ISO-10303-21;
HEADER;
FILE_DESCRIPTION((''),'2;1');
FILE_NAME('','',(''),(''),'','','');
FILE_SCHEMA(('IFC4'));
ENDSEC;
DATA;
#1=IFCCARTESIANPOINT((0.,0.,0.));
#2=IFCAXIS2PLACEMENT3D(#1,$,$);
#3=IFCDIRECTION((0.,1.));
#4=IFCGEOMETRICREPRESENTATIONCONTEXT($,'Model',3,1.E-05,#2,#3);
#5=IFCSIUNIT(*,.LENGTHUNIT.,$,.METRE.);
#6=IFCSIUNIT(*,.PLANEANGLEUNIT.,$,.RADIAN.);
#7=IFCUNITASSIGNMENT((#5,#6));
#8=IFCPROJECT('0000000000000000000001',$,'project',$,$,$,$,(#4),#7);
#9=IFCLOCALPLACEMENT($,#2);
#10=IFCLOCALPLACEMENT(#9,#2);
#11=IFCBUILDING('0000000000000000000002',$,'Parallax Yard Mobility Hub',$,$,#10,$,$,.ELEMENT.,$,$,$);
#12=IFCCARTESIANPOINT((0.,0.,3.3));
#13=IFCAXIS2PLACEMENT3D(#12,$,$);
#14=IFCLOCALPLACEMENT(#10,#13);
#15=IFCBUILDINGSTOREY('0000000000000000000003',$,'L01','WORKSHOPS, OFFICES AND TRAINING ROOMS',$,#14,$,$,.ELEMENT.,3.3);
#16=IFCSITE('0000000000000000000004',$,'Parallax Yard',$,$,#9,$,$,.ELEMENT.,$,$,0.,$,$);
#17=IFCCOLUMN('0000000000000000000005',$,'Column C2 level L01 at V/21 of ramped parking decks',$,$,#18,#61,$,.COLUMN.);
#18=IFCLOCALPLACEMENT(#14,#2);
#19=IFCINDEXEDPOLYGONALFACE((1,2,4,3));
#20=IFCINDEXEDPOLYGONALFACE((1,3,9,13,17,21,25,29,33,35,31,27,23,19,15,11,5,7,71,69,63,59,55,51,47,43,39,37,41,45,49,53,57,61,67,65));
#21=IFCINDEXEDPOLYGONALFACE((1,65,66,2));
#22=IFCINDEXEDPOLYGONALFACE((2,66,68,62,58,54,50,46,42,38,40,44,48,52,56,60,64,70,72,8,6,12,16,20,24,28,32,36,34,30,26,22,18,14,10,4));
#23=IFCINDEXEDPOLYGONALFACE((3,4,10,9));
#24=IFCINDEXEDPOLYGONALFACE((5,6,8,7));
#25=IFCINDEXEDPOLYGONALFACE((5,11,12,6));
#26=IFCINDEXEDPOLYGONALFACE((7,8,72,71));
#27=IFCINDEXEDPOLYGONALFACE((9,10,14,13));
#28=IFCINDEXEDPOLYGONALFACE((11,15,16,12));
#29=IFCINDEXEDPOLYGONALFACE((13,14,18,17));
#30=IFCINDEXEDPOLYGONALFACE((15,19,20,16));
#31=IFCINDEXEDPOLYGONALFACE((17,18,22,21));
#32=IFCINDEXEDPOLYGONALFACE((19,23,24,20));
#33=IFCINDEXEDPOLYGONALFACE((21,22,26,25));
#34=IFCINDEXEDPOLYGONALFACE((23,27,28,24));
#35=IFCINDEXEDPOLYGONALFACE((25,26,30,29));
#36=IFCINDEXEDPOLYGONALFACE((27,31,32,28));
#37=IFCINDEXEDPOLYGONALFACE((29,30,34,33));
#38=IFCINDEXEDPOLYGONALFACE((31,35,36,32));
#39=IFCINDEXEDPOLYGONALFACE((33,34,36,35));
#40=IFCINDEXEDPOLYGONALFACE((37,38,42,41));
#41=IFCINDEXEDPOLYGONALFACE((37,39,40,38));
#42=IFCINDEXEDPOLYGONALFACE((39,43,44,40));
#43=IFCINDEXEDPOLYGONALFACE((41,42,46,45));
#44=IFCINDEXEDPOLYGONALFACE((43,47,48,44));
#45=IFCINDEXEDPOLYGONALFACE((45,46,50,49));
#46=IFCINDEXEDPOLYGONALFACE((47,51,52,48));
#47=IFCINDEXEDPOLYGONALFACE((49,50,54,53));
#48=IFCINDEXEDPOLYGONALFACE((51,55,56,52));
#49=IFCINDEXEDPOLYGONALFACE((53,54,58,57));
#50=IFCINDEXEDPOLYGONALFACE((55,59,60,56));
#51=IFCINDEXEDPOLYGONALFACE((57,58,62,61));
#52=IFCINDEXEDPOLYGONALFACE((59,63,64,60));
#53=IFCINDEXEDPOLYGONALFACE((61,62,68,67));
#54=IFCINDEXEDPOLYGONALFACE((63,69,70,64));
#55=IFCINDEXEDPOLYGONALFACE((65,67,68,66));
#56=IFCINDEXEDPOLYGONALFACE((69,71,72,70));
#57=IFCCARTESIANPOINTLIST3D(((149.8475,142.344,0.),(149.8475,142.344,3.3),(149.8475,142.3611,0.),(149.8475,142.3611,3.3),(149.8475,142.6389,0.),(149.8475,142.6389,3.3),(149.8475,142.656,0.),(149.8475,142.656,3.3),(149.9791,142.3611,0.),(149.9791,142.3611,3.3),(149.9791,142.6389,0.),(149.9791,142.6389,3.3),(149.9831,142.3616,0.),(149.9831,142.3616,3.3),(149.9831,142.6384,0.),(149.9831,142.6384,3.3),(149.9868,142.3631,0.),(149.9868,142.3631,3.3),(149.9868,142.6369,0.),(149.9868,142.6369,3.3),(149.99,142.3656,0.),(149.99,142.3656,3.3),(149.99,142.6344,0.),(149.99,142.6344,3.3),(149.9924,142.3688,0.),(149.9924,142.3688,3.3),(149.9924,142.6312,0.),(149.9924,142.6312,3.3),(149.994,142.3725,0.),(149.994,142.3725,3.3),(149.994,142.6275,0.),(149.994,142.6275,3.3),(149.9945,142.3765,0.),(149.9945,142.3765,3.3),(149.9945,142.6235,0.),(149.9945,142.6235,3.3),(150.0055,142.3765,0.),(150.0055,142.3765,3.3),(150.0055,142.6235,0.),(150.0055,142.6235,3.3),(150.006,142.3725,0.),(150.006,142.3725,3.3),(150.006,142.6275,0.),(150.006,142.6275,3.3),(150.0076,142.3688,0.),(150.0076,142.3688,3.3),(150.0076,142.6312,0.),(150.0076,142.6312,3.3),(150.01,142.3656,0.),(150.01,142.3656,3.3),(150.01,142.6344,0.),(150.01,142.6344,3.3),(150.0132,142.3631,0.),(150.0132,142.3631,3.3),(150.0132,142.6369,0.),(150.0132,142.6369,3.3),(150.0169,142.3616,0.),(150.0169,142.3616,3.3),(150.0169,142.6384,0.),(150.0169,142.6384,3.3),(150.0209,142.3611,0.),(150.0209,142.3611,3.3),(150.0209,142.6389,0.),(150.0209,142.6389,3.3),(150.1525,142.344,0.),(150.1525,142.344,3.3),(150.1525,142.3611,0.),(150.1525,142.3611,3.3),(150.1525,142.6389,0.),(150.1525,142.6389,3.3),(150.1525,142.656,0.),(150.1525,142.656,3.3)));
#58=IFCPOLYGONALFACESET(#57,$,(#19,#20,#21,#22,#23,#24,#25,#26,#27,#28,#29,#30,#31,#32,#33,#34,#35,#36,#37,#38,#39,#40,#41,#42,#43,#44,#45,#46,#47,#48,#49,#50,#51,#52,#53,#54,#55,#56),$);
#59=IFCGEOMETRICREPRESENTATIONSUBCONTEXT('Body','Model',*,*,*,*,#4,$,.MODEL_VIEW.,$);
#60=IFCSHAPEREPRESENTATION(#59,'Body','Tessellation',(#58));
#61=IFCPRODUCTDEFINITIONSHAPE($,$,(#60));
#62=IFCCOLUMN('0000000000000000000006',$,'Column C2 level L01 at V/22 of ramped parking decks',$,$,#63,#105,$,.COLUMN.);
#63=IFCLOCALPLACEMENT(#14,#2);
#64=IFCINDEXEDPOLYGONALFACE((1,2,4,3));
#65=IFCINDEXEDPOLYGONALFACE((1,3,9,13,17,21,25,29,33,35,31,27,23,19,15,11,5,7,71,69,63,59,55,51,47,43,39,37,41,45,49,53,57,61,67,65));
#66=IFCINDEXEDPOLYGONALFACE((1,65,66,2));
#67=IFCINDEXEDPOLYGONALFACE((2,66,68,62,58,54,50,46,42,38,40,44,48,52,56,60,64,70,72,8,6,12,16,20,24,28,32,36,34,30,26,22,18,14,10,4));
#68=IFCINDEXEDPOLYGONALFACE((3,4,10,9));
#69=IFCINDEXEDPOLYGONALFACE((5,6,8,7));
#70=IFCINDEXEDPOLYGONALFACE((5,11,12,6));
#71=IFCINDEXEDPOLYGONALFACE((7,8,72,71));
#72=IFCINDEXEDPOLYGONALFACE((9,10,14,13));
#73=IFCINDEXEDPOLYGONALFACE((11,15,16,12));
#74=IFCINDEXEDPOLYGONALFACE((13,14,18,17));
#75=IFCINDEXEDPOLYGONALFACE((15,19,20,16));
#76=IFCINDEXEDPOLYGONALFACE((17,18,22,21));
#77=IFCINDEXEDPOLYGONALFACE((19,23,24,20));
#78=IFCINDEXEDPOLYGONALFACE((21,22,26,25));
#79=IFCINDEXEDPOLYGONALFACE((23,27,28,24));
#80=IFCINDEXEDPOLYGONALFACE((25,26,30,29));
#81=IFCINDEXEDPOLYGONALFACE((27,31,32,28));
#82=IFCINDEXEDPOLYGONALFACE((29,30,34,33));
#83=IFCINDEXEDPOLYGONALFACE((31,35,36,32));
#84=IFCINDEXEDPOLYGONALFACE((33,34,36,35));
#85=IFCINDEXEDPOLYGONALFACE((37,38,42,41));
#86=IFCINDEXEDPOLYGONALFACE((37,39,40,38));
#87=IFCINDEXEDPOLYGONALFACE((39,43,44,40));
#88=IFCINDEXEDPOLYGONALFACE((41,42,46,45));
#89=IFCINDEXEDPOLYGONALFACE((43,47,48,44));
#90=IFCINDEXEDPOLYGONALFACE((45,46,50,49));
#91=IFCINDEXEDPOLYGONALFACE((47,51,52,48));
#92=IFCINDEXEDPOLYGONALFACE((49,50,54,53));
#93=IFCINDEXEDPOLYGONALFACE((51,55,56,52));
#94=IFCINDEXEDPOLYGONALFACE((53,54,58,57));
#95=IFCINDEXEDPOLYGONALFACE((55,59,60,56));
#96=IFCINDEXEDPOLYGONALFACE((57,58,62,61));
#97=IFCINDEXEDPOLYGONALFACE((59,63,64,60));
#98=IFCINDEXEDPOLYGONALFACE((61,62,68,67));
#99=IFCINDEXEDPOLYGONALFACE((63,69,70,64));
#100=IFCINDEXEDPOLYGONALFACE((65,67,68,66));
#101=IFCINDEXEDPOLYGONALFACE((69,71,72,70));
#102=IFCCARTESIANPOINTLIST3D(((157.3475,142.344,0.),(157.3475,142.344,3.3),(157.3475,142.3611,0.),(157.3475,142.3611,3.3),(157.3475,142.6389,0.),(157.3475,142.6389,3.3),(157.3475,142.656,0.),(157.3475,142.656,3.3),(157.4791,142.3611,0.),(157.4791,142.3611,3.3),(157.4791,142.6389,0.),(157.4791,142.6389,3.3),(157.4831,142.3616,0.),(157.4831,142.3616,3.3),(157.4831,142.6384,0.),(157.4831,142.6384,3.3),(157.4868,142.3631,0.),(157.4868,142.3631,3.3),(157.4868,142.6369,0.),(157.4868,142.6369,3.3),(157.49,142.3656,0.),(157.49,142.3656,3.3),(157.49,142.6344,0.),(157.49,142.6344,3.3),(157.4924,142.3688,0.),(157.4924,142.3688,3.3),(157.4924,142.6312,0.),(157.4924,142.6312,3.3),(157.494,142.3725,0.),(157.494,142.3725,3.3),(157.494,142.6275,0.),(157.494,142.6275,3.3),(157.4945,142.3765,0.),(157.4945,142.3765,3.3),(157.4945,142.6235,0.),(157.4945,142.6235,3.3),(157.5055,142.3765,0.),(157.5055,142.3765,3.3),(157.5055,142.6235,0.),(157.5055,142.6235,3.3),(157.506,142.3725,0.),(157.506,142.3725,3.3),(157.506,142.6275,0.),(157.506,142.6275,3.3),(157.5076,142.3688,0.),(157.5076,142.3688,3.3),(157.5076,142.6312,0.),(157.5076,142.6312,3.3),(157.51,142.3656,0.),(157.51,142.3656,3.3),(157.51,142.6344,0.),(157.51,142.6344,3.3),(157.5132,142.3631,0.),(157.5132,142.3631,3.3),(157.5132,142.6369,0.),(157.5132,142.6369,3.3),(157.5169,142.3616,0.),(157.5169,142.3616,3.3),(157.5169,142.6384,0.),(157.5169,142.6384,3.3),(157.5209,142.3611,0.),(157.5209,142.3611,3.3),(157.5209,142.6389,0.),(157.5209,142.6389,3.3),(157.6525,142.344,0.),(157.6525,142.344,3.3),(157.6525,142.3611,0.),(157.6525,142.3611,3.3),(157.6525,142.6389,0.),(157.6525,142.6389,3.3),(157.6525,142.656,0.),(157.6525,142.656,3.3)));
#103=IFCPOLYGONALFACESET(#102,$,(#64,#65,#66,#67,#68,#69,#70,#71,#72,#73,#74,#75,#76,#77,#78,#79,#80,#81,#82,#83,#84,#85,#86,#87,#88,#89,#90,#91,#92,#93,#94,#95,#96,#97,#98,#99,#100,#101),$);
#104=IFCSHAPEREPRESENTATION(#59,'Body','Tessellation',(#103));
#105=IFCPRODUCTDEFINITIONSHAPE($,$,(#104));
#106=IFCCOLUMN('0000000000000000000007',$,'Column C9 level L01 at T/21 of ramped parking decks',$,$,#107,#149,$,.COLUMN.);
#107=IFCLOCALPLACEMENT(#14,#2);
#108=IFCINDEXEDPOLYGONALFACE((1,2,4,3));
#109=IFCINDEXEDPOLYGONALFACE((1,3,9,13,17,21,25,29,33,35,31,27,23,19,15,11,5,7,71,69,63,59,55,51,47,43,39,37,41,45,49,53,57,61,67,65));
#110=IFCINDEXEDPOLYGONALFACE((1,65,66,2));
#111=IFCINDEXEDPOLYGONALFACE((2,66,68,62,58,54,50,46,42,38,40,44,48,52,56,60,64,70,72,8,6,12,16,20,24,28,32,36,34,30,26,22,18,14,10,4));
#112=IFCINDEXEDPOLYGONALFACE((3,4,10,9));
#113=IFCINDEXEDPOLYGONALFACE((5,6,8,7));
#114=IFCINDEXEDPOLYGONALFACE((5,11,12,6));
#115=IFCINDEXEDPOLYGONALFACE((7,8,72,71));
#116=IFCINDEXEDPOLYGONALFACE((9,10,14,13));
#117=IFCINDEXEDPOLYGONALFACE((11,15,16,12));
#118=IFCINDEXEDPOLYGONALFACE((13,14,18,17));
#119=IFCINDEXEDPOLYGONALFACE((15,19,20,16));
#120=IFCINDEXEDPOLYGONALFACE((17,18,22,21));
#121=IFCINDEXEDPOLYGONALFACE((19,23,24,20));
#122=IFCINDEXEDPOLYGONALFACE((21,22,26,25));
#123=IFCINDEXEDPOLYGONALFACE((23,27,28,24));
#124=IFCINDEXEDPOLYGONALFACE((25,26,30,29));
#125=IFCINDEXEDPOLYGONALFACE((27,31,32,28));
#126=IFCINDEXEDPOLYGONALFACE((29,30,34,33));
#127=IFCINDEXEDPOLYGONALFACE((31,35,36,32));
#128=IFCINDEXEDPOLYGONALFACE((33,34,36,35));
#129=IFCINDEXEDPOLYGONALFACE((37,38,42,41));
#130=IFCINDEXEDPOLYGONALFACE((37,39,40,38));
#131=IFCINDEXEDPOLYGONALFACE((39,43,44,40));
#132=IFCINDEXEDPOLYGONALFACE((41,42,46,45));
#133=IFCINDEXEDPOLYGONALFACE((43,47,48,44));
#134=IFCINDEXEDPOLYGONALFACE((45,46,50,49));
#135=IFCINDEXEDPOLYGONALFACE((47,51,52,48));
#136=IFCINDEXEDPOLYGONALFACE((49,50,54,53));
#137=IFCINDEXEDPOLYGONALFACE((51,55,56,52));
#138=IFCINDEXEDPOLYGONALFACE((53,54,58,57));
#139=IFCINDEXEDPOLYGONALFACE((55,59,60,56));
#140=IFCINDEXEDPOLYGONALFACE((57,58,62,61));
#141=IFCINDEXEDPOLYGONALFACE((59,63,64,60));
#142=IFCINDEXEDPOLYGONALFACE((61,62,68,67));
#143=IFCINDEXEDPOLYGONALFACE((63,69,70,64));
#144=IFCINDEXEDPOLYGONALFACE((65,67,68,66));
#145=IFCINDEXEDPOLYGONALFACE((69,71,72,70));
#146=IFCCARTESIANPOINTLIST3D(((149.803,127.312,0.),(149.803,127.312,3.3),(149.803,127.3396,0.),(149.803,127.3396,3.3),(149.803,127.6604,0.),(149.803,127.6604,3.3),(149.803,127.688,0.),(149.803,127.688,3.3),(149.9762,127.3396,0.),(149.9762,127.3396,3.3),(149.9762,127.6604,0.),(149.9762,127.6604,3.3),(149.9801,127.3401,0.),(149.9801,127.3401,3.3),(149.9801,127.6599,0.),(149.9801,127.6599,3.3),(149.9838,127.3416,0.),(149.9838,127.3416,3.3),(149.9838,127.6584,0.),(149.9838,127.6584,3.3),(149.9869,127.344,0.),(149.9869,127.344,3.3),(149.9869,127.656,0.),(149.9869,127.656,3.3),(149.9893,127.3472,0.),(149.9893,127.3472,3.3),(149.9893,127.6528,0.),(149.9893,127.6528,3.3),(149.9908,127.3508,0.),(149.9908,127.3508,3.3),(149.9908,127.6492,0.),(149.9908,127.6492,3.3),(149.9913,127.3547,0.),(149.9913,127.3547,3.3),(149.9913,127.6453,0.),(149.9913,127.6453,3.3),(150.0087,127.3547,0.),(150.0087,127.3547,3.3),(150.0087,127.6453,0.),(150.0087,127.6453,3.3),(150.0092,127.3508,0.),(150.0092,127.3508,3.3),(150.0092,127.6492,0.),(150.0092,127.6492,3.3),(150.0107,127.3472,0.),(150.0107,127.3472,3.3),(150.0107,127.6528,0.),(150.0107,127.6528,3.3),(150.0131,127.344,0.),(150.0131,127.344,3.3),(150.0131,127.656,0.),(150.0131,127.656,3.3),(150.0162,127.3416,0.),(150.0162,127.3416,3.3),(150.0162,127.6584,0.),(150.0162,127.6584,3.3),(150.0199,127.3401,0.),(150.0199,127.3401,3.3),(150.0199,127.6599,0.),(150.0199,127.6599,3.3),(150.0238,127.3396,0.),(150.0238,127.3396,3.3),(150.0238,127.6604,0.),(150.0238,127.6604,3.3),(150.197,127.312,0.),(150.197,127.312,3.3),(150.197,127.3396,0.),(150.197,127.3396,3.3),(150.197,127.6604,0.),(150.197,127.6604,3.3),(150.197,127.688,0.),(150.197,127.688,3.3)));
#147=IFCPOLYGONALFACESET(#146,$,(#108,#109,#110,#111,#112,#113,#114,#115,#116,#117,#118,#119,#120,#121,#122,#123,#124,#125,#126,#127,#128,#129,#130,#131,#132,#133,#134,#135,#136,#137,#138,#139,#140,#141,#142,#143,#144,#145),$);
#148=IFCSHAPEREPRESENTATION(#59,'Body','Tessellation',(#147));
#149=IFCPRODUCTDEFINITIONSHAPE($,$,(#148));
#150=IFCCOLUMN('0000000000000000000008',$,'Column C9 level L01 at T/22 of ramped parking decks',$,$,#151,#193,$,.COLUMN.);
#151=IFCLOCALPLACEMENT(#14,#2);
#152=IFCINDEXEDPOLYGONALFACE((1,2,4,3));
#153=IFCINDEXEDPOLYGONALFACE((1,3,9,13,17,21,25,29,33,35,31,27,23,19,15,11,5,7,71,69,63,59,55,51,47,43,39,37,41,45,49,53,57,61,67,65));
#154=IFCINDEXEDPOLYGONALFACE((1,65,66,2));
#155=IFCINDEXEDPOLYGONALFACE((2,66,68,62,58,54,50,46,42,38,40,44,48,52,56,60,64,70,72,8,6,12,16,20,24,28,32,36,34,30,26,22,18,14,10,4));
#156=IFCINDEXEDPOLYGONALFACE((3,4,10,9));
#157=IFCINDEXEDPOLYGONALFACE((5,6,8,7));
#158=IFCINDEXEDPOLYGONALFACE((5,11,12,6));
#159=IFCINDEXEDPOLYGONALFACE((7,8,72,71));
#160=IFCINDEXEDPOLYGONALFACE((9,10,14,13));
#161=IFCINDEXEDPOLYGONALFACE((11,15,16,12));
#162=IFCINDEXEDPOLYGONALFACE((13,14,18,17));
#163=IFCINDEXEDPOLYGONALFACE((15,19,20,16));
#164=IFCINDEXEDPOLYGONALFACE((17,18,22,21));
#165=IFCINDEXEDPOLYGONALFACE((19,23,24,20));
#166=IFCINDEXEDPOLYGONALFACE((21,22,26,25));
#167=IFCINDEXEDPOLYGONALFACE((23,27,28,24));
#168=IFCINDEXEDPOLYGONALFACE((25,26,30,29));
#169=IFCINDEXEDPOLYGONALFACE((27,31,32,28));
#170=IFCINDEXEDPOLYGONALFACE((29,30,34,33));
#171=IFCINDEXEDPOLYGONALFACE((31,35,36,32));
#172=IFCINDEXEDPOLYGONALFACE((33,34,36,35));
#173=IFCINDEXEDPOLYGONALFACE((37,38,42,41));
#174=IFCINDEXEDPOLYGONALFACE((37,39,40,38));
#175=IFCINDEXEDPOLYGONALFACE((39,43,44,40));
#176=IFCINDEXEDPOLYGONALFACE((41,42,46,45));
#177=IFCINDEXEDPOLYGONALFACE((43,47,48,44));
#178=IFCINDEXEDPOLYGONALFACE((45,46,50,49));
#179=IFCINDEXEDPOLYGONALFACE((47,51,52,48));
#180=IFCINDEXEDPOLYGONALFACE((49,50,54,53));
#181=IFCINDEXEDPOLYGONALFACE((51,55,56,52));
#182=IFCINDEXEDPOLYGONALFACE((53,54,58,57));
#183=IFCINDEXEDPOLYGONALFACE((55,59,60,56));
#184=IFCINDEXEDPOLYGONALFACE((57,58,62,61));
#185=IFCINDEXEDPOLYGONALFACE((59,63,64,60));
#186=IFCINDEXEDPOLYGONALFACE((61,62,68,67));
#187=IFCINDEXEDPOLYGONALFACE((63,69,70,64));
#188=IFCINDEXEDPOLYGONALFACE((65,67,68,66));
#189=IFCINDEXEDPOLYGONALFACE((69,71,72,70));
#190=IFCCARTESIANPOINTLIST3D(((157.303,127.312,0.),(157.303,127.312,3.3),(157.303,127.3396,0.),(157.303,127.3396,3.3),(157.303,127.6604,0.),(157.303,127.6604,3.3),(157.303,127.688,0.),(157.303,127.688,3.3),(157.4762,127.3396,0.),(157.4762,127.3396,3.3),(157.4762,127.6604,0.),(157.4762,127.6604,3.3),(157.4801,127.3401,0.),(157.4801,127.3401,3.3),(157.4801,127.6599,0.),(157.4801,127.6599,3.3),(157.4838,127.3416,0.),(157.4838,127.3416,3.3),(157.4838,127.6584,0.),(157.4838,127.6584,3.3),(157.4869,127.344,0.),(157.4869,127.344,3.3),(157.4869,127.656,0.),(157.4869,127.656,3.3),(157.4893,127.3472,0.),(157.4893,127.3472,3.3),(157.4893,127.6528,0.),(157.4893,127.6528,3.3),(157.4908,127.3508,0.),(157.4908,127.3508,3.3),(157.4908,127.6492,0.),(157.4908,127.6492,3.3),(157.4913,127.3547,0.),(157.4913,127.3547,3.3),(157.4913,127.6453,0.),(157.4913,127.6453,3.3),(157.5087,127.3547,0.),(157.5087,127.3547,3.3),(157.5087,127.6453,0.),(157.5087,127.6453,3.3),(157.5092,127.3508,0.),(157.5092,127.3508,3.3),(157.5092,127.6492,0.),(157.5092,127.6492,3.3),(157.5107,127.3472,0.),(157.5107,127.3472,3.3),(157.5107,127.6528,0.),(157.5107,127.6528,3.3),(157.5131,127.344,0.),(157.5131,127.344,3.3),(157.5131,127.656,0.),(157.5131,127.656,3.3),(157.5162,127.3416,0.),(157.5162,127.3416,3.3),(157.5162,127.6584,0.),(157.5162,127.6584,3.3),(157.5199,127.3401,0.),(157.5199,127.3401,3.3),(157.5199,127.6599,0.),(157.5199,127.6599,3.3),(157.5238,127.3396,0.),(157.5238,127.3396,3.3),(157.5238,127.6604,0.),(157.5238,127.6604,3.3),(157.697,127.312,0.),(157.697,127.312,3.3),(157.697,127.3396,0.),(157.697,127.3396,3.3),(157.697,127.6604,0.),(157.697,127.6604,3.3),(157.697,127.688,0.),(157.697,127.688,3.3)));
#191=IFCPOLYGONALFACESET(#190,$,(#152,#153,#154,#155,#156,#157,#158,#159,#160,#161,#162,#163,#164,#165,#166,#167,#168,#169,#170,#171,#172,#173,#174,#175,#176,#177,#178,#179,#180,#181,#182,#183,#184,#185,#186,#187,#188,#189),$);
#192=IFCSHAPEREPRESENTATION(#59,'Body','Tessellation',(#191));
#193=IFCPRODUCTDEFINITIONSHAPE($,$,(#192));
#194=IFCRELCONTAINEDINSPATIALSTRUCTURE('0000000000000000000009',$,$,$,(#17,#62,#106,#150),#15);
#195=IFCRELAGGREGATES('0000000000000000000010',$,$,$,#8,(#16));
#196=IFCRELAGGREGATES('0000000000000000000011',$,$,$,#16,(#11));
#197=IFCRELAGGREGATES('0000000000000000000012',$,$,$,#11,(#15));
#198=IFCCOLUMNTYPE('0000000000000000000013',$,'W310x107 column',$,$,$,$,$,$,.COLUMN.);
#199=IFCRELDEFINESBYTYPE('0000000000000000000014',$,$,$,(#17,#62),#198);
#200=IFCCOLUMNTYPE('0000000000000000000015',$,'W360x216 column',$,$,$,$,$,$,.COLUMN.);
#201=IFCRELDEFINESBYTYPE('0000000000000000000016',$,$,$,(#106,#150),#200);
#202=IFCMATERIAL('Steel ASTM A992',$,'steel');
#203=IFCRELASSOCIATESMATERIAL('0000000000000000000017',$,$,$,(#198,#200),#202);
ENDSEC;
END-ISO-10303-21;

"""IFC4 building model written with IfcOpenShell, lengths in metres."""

from ifc_helpers import new_model, si_unit, direction, frame, origin, origin_2d, place, context, subcontext, project, spatial, i_section, extrude, material, material_profile, profile_set, type_object, element, save


model = new_model("IFC4")

# Units and contexts
model_context = context("Model", 3, precision=1e-05, world=origin(), true_north=direction((0.0, 1.0)))
body_context = subcontext(model_context, "Body", "Model", "MODEL_VIEW")
ifc_project = project(units=[si_unit("LENGTHUNIT", "METRE"), si_unit("PLANEANGLEUNIT", "RADIAN")], contexts=[model_context])

# Site, building, storey
site_placement = place(None, origin())
site = spatial("IfcSite", under=ifc_project, at=site_placement, Name="Parallax Yard", CompositionType="ELEMENT", RefElevation=0.0)
building_placement = place(site_placement, origin())
building = spatial("IfcBuilding", under=site, at=building_placement, Name="Parallax Yard Mobility Hub", CompositionType="ELEMENT")
storey_placement = place(building_placement, frame((0.0, 0.0, 3.3)))
storey = spatial("IfcBuildingStorey", under=building, at=storey_placement, Name="L01", Description="WORKSHOPS, OFFICES AND TRAINING ROOMS", CompositionType="ELEMENT", Elevation=3.3)

# Columns
ifc_material_1 = material(Name="Steel ASTM A992", Category="steel")
ifc_material_profile_1 = material_profile(ifc_material_1, i_section(OverallWidth=0.3049, OverallDepth=0.312, WebThickness=0.011, FlangeThickness=0.0171, FilletRadius=0.0154, at=origin_2d()), Name="W310x107")
ifc_profile_set_1 = profile_set([ifc_material_profile_1], Name="Steel ASTM A992")
column_type_1 = type_object("IfcColumnType", Name="W310x107 column", PredefinedType="COLUMN", material=ifc_profile_set_1)
for number, where, z_axis, x_axis, name in (
    (1, (150.0, 142.5, 0.0), (0.0, 0.0, 1.0), (1.0, 0.0, 0.0), "Column C2 level L01 at V/21 of ramped parking decks"),
    (2, (157.5, 142.5, 0.0), (0.0, 0.0, 1.0), (1.0, 0.0, 0.0), "Column C2 level L01 at V/22 of ramped parking decks"),
):
    element("IfcColumn", number, at=place(storey_placement, frame(where, z_axis=z_axis, x_axis=x_axis)), inside=storey, type_object=column_type_1, Name=name, PredefinedType="COLUMN", context=body_context, shape_type="SweptSolid", body=[
        extrude(i_section(OverallWidth=0.3049, OverallDepth=0.312, WebThickness=0.011, FlangeThickness=0.0171, FilletRadius=0.0154, at=origin_2d()), origin(), (0.0, 0.0, 1.0), 3.3),
    ])
ifc_material_profile_2 = material_profile(ifc_material_1, i_section(OverallWidth=0.394, OverallDepth=0.376, WebThickness=0.0173, FlangeThickness=0.0276, FilletRadius=0.0151, at=origin_2d()), Name="W360x216")
ifc_profile_set_2 = profile_set([ifc_material_profile_2], Name="Steel ASTM A992")
column_type_2 = type_object("IfcColumnType", Name="W360x216 column", PredefinedType="COLUMN", material=ifc_profile_set_2)
for number, where, z_axis, x_axis, name in (
    (3, (150.0, 127.5, 0.0), (0.0, 0.0, 1.0), (1.0, 0.0, 0.0), "Column C9 level L01 at T/21 of ramped parking decks"),
    (4, (157.5, 127.5, 0.0), (0.0, 0.0, 1.0), (1.0, 0.0, 0.0), "Column C9 level L01 at T/22 of ramped parking decks"),
):
    element("IfcColumn", number, at=place(storey_placement, frame(where, z_axis=z_axis, x_axis=x_axis)), inside=storey, type_object=column_type_2, Name=name, PredefinedType="COLUMN", context=body_context, shape_type="SweptSolid", body=[
        extrude(i_section(OverallWidth=0.394, OverallDepth=0.376, WebThickness=0.0173, FlangeThickness=0.0276, FilletRadius=0.0151, at=origin_2d()), origin(), (0.0, 0.0, 1.0), 3.3),
    ])

save(model, "model.ifc")
